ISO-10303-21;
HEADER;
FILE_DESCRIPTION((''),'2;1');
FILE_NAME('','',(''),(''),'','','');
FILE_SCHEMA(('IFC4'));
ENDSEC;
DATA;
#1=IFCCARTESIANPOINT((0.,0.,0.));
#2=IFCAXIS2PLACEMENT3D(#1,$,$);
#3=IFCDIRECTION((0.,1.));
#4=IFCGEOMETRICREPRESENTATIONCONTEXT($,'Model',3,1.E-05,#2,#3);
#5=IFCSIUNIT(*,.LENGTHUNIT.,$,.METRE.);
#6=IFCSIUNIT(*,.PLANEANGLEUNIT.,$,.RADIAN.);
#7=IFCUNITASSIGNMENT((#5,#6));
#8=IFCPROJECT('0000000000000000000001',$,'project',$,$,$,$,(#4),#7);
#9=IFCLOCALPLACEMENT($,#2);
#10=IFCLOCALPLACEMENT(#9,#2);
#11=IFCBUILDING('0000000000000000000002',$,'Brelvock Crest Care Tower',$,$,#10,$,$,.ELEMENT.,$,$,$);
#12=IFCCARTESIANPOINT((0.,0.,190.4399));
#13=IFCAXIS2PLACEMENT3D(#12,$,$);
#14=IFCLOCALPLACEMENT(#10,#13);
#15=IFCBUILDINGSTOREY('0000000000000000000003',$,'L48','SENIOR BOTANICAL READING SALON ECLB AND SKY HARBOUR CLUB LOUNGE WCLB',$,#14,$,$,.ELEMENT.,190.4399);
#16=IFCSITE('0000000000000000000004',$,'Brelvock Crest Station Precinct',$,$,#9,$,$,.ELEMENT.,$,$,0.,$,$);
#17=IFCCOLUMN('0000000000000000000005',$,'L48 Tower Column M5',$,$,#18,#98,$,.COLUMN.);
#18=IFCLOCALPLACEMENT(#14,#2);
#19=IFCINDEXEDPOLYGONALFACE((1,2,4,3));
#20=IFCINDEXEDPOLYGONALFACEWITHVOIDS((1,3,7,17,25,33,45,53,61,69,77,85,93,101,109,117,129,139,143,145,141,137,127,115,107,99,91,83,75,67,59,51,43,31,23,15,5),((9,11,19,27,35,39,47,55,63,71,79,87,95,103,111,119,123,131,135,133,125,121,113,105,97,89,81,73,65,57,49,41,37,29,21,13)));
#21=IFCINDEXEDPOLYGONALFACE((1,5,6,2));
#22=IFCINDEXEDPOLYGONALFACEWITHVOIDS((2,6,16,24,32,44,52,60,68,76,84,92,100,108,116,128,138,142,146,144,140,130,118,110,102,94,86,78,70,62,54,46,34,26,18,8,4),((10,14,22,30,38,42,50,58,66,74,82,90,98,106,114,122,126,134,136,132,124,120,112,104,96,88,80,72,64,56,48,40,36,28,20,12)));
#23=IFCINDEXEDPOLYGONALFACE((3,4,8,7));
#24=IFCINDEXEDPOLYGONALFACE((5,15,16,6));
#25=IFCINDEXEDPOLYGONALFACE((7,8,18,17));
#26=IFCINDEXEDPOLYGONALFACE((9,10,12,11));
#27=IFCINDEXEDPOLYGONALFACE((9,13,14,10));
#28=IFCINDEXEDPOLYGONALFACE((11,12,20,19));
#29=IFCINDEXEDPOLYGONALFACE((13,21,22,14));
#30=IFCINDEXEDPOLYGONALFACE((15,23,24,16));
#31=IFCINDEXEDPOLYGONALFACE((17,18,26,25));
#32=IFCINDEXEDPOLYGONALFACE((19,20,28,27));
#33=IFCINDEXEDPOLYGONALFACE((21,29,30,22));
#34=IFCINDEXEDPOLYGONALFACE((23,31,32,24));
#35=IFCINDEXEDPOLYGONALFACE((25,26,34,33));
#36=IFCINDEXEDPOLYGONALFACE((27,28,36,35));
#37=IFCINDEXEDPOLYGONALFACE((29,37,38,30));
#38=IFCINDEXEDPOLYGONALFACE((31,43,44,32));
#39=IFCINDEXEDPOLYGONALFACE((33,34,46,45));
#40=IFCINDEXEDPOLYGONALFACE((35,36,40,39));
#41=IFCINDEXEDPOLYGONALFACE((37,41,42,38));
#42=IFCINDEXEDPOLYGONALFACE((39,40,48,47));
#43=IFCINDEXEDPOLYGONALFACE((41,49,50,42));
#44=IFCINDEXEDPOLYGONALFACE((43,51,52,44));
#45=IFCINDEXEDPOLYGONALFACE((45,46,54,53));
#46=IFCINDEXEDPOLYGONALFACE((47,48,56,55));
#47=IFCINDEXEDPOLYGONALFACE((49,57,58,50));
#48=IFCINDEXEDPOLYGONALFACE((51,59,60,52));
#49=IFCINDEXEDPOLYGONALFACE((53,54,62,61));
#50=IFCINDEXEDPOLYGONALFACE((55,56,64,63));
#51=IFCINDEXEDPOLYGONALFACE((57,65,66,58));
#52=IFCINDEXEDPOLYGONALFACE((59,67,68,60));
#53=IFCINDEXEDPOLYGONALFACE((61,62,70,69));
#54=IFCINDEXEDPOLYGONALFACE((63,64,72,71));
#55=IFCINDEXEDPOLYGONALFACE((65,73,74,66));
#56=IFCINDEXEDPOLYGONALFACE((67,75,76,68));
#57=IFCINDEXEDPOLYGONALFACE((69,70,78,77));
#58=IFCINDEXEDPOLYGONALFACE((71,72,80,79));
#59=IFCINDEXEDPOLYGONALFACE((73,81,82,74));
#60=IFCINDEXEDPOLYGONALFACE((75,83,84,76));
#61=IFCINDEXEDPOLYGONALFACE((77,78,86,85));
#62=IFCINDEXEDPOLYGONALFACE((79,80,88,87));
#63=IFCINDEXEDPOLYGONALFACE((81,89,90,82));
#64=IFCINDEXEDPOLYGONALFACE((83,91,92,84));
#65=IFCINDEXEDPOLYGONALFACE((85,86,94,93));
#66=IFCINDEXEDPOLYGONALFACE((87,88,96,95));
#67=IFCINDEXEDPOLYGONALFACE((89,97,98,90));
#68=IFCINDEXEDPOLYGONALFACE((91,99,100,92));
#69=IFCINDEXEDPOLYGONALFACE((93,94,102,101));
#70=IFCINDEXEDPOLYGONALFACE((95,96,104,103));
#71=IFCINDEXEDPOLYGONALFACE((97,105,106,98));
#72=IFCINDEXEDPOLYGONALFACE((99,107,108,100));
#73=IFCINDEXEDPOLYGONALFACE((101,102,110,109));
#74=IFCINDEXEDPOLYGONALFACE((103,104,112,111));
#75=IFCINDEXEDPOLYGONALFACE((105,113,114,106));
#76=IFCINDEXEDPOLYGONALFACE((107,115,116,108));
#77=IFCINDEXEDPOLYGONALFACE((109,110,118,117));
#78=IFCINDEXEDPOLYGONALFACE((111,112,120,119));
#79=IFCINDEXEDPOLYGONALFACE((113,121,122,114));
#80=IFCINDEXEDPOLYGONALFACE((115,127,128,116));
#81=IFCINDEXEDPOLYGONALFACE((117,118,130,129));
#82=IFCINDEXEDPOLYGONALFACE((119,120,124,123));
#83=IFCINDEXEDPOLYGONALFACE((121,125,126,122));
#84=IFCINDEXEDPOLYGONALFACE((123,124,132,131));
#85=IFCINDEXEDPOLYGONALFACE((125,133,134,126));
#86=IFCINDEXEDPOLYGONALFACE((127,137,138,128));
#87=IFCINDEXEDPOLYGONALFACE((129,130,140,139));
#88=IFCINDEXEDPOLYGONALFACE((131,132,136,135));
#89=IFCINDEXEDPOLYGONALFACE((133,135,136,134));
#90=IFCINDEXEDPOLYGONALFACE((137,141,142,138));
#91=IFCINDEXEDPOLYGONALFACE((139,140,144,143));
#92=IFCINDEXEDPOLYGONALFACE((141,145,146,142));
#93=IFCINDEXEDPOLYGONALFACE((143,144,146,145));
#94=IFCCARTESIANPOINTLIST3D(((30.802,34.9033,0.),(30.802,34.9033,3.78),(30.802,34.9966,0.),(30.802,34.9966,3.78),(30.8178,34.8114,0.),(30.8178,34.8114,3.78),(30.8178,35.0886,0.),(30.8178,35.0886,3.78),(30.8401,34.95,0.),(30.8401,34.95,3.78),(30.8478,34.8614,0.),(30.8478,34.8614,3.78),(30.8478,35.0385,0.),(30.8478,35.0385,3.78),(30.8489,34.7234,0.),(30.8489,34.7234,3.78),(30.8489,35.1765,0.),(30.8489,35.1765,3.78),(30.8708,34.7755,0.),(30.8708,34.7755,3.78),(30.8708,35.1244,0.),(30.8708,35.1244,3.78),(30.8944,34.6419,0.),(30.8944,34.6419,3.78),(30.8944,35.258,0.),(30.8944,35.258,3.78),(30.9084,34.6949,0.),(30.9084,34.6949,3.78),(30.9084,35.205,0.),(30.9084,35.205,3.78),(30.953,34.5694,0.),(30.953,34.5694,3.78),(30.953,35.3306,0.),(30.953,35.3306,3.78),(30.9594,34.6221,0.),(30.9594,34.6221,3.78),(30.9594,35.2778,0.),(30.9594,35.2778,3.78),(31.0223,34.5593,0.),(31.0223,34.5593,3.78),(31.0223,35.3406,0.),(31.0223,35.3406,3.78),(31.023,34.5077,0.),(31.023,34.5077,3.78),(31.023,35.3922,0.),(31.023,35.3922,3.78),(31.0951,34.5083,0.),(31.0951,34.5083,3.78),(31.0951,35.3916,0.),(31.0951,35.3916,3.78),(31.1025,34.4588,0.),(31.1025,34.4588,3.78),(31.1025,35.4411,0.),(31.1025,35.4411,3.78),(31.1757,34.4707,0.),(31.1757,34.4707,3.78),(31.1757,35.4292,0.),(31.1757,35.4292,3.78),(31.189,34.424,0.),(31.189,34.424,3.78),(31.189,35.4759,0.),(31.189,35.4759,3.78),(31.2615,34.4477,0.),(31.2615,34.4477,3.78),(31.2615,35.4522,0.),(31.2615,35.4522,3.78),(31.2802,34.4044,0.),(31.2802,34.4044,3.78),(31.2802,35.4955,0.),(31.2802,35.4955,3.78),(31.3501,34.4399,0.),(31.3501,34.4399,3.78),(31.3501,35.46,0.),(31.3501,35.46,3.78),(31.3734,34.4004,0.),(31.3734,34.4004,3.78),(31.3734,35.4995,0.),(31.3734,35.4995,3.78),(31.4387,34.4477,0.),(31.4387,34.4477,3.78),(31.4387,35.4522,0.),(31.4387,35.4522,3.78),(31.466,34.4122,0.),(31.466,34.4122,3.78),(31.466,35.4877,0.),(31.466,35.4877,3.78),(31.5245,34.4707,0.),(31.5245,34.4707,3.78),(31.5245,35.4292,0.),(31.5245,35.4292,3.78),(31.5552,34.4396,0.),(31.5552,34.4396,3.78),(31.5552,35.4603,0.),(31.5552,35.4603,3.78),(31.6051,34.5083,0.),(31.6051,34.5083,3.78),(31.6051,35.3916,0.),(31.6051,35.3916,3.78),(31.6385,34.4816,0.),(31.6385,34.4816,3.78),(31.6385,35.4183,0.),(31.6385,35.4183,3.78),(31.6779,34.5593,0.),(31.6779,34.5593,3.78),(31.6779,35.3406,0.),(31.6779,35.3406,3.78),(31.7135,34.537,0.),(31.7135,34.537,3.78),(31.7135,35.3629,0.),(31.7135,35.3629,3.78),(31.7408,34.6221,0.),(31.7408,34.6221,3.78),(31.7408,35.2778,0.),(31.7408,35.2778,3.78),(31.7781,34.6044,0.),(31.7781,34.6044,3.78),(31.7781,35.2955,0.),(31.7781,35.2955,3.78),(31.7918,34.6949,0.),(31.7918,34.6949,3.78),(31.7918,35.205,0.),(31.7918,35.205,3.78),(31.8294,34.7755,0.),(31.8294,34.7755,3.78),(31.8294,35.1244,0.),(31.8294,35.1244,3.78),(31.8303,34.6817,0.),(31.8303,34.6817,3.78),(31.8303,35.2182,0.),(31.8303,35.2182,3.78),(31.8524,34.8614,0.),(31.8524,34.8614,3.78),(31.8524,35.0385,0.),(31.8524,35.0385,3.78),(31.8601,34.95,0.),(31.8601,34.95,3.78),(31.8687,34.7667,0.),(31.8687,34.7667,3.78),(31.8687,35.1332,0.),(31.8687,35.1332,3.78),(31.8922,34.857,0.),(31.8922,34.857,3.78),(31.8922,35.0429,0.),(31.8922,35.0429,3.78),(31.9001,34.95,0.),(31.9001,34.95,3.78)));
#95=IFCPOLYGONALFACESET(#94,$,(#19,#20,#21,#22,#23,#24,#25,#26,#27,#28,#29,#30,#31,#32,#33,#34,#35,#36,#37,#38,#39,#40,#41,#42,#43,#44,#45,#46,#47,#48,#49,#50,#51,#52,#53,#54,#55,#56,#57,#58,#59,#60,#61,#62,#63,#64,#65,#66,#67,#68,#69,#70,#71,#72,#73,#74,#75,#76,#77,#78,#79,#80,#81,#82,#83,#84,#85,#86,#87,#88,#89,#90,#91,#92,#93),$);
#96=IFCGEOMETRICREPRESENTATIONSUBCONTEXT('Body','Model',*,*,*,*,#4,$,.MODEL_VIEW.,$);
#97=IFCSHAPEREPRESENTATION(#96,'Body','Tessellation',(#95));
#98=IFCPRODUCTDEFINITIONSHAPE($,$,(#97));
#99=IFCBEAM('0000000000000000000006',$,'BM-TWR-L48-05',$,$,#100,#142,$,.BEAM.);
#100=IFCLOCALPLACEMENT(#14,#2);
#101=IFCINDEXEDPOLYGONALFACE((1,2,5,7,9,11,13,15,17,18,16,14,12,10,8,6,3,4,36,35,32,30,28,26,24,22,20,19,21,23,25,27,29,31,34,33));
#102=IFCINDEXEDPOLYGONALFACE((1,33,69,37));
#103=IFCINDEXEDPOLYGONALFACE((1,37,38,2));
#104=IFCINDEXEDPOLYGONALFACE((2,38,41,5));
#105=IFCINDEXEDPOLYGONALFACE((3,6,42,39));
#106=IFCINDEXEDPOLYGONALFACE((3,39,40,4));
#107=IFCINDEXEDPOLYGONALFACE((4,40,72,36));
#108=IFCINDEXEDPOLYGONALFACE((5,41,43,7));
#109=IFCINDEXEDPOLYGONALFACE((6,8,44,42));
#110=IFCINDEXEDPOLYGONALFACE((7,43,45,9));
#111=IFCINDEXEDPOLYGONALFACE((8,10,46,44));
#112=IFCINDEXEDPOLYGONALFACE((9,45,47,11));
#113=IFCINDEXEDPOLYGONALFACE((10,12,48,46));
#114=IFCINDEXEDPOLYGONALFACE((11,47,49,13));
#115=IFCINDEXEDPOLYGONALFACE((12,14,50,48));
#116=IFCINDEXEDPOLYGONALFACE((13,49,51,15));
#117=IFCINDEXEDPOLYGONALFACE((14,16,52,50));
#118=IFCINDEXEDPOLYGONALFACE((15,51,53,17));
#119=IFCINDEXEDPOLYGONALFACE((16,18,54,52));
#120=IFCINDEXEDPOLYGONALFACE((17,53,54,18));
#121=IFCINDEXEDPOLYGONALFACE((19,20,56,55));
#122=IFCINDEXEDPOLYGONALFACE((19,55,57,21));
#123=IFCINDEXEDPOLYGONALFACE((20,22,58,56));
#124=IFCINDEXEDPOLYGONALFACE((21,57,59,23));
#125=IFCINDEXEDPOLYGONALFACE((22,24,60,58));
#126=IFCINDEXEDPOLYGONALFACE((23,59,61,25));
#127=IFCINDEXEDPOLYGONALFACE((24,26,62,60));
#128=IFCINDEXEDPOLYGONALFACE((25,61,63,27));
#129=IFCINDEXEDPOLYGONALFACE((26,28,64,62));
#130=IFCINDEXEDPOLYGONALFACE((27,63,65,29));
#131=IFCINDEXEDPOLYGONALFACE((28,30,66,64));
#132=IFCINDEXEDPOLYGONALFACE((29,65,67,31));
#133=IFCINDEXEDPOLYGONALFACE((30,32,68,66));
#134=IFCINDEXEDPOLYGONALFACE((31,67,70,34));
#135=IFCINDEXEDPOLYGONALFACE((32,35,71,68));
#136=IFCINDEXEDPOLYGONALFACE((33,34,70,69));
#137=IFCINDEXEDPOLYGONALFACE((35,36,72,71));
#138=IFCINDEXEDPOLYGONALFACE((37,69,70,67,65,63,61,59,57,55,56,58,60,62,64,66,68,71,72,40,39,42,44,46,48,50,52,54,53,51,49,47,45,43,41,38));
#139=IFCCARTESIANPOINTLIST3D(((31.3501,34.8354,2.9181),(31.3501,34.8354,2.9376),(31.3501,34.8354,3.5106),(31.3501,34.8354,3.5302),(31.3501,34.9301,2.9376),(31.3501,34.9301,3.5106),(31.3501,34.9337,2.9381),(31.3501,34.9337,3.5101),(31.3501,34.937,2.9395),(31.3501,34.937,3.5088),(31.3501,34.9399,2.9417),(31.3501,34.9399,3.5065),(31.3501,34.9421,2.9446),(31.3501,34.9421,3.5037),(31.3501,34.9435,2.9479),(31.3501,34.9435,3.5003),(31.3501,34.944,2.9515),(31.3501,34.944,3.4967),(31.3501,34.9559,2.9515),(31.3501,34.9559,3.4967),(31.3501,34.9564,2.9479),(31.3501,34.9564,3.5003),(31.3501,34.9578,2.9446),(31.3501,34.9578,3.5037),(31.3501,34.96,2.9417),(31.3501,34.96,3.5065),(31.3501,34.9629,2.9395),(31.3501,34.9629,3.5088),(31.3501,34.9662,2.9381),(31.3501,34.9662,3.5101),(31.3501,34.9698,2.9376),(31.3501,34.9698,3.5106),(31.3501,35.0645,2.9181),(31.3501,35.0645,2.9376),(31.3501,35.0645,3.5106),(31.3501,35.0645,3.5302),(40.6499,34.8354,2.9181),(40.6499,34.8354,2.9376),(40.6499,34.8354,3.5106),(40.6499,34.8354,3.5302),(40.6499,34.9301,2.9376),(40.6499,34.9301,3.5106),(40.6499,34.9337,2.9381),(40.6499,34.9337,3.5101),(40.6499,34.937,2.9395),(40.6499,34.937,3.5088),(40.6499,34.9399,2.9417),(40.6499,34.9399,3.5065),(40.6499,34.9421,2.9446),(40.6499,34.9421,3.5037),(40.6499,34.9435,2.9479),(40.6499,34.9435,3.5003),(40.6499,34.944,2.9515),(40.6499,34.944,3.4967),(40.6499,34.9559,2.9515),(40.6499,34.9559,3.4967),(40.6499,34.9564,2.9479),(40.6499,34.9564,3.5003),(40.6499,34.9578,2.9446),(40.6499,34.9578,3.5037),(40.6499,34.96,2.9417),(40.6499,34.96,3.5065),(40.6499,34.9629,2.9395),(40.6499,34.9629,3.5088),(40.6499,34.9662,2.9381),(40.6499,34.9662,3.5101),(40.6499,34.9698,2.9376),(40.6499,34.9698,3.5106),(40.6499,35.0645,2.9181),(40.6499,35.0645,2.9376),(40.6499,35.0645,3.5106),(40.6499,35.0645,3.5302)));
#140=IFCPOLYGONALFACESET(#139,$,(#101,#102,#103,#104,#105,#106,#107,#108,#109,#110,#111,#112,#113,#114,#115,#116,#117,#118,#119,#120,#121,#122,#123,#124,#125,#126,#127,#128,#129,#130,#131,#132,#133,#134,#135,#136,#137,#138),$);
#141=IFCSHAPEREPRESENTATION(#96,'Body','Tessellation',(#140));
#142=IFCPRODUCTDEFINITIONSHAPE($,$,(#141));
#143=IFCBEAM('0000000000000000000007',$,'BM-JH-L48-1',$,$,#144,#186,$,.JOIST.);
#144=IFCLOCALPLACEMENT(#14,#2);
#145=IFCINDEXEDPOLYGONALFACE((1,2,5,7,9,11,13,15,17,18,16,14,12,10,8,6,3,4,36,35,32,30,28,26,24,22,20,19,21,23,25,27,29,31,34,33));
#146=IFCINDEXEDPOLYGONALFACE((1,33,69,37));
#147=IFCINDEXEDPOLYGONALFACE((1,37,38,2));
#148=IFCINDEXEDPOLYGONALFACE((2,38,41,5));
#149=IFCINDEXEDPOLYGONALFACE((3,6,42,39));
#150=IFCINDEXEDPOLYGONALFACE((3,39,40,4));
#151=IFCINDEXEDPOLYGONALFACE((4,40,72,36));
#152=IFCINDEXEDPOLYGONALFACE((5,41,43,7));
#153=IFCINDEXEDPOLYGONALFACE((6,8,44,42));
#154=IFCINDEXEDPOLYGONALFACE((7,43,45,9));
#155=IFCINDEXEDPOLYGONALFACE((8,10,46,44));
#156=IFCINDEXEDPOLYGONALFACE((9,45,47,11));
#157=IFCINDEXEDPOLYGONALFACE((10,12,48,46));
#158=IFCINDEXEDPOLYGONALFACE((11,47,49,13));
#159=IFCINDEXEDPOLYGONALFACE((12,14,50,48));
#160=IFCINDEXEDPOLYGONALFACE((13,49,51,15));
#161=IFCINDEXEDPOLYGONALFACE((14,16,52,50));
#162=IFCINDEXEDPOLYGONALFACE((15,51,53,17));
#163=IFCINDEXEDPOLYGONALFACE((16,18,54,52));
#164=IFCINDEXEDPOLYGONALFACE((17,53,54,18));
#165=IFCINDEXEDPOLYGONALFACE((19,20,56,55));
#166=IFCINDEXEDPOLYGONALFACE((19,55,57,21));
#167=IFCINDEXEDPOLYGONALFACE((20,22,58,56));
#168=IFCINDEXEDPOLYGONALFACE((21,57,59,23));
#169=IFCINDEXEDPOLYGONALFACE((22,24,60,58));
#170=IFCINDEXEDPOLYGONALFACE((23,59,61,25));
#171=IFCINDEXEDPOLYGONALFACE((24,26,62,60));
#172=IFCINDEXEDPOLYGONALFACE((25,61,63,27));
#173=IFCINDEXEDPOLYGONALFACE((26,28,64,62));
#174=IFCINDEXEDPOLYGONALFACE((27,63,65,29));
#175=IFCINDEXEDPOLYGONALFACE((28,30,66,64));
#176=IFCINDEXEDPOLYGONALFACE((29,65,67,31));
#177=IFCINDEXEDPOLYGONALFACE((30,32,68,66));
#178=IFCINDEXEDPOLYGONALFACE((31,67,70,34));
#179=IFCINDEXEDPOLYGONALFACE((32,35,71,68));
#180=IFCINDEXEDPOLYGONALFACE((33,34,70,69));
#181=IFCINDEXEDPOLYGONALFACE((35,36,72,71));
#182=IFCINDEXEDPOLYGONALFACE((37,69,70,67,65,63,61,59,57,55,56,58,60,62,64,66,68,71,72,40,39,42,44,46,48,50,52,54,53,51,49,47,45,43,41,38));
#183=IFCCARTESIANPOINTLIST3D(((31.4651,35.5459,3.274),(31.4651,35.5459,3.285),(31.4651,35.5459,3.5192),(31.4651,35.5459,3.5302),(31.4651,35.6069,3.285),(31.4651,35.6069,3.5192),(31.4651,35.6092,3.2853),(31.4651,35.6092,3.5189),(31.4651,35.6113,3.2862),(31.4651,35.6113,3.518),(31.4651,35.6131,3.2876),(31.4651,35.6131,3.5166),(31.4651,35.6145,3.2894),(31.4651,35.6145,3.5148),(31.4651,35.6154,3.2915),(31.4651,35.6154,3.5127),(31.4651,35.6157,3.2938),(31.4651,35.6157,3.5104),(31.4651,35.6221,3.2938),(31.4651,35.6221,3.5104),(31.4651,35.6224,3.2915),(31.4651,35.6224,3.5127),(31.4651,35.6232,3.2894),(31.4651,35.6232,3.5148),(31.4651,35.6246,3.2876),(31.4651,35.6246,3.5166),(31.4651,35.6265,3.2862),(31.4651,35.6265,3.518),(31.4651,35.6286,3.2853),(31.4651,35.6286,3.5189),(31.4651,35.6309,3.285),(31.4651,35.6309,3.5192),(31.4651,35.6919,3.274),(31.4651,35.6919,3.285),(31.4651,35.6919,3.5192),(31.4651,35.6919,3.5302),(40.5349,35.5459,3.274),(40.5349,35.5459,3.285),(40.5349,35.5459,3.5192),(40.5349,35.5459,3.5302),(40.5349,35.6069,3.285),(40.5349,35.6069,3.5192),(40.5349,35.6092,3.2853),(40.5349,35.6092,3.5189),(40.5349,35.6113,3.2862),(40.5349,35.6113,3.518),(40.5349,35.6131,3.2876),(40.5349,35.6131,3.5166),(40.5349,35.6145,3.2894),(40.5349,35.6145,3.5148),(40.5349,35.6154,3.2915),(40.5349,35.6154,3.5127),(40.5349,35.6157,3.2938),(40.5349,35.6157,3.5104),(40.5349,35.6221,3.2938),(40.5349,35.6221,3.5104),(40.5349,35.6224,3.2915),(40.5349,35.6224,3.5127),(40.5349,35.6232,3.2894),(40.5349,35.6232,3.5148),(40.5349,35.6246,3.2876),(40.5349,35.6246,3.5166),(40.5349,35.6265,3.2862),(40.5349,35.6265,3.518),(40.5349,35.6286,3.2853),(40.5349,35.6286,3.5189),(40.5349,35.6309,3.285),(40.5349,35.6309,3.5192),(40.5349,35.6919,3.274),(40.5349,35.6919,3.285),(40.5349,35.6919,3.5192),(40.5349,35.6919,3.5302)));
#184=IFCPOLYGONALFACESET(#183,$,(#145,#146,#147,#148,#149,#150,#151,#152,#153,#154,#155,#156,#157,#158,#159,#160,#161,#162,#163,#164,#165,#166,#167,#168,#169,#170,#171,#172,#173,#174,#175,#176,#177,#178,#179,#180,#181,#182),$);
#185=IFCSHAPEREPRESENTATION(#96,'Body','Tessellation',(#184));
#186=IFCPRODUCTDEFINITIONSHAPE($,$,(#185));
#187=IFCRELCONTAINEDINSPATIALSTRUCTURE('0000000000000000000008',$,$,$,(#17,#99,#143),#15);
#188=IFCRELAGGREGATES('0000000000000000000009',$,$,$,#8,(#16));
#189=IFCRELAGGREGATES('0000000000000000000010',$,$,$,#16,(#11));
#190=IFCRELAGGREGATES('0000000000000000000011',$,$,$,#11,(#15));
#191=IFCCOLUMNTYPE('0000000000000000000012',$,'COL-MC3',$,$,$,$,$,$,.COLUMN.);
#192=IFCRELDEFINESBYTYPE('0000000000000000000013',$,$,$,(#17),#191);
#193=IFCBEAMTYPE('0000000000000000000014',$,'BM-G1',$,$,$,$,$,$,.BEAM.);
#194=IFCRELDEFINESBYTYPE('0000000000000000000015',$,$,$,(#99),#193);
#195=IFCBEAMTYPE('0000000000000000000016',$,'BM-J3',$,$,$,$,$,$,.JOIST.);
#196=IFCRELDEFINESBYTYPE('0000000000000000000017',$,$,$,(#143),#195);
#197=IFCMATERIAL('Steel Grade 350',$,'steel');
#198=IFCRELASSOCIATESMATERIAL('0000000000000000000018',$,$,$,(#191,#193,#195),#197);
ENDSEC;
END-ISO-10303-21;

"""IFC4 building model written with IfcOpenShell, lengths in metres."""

from ifc_helpers import new_model, si_unit, direction, frame, origin, origin_2d, place, context, subcontext, project, spatial, hollow_circle, i_section, extrude, source, transform, mapped, material, material_profile, profile_set, type_object, element, save


model = new_model("IFC4")

# Units and contexts
model_context = context("Model", 3, precision=1e-05, world=origin(), true_north=direction((0.0, 1.0)))
body_context = subcontext(model_context, "Body", "Model", "MODEL_VIEW")
ifc_project = project(units=[si_unit("LENGTHUNIT", "METRE"), si_unit("PLANEANGLEUNIT", "RADIAN")], contexts=[model_context])

# Site, building, storey
site_placement = place(None, origin())
site = spatial("IfcSite", under=ifc_project, at=site_placement, Name="Brelvock Crest Station Precinct", CompositionType="ELEMENT", RefElevation=0.0)
building_placement = place(site_placement, origin())
building = spatial("IfcBuilding", under=site, at=building_placement, Name="Brelvock Crest Care Tower", CompositionType="ELEMENT")
storey_placement = place(building_placement, frame((0.0, 0.0, 190.4399)))
storey = spatial("IfcBuildingStorey", under=building, at=storey_placement, Name="L48", Description="SENIOR BOTANICAL READING SALON ECLB AND SKY HARBOUR CLUB LOUNGE WCLB", CompositionType="ELEMENT", Elevation=190.4399)

# Column
ifc_material_1 = material(Name="Steel Grade 350", Category="steel")
ifc_material_profile_1 = material_profile(ifc_material_1, hollow_circle(Radius=0.55, WallThickness=0.04, at=origin_2d()), Name="CFT1100x40")
ifc_profile_set_1 = profile_set([ifc_material_profile_1], Name="Steel Grade 350")
column_type = type_object("IfcColumnType", Name="COL-MC3", PredefinedType="COLUMN", material=ifc_profile_set_1)
shared_shape_1 = source(origin(), body_context, "Body", "SweptSolid", [
    extrude(hollow_circle(Radius=0.55, WallThickness=0.04, at=origin_2d()), origin(), (0.0, 0.0, 1.0), 3.78),
])
column_placement = place(storey_placement, frame((31.3501, 34.95, 0.0), z_axis=(0.0, 0.0, 1.0), x_axis=(1.0, 0.0, 0.0)))
element("IfcColumn", 1, at=column_placement, inside=storey, type_object=column_type, Name="L48 Tower Column M5", PredefinedType="COLUMN", context=body_context, shape_type="MappedRepresentation", body=[
    mapped(shared_shape_1, transform((0.0, 0.0, 0.0), x_axis=(1.0, 0.0, 0.0), y_axis=(0.0, 1.0, 0.0), z_axis=(0.0, 0.0, 1.0), scale=1.0)),
])

# Beams
ifc_material_profile_2 = material_profile(ifc_material_1, i_section(OverallWidth=0.229, OverallDepth=0.6121, WebThickness=0.012, FlangeThickness=0.0195, FilletRadius=0.0139, at=origin_2d()), Name="610UB125")
ifc_profile_set_2 = profile_set([ifc_material_profile_2], Name="Steel Grade 350")
beam_type_1 = type_object("IfcBeamType", Name="BM-G1", PredefinedType="BEAM", material=ifc_profile_set_2)
shared_shape_2 = source(origin(), body_context, "Body", "SweptSolid", [
    extrude(i_section(OverallWidth=0.229, OverallDepth=0.6121, WebThickness=0.012, FlangeThickness=0.0195, FilletRadius=0.0139, at=origin_2d()), origin(), (0.0, 0.0, 1.0), 9.2998),
])
beam_1_placement = place(storey_placement, frame((31.3501, 34.95, 3.2241), z_axis=(1.0, 0.0, 0.0), x_axis=(0.0, 1.0, 0.0)))
element("IfcBeam", 2, at=beam_1_placement, inside=storey, type_object=beam_type_1, Name="BM-TWR-L48-05", PredefinedType="BEAM", context=body_context, shape_type="MappedRepresentation", body=[
    mapped(shared_shape_2, transform((0.0, 0.0, 0.0), x_axis=(1.0, 0.0, 0.0), y_axis=(0.0, 1.0, 0.0), z_axis=(0.0, 0.0, 1.0), scale=1.0)),
])
ifc_material_profile_3 = material_profile(ifc_material_1, i_section(OverallWidth=0.146, OverallDepth=0.2561, WebThickness=0.0063, FlangeThickness=0.011, FilletRadius=0.0088, at=origin_2d()), Name="250UB37.3")
ifc_profile_set_3 = profile_set([ifc_material_profile_3], Name="Steel Grade 350")
beam_type_2 = type_object("IfcBeamType", Name="BM-J3", PredefinedType="JOIST", material=ifc_profile_set_3)
shared_shape_3 = source(origin(), body_context, "Body", "SweptSolid", [
    extrude(i_section(OverallWidth=0.146, OverallDepth=0.2561, WebThickness=0.0063, FlangeThickness=0.011, FilletRadius=0.0088, at=origin_2d()), origin(), (0.0, 0.0, 1.0), 9.0698),
])
beam_2_placement = place(storey_placement, frame((31.4651, 35.6189, 3.4021), z_axis=(1.0, 0.0, 0.0), x_axis=(0.0, 1.0, 0.0)))
element("IfcBeam", 3, at=beam_2_placement, inside=storey, type_object=beam_type_2, Name="BM-JH-L48-1", PredefinedType="JOIST", context=body_context, shape_type="MappedRepresentation", body=[
    mapped(shared_shape_3, transform((0.0, 0.0, 0.0), x_axis=(1.0, 0.0, 0.0), y_axis=(0.0, 1.0, 0.0), z_axis=(0.0, 0.0, 1.0), scale=1.0)),
])

save(model, "model.ifc")
